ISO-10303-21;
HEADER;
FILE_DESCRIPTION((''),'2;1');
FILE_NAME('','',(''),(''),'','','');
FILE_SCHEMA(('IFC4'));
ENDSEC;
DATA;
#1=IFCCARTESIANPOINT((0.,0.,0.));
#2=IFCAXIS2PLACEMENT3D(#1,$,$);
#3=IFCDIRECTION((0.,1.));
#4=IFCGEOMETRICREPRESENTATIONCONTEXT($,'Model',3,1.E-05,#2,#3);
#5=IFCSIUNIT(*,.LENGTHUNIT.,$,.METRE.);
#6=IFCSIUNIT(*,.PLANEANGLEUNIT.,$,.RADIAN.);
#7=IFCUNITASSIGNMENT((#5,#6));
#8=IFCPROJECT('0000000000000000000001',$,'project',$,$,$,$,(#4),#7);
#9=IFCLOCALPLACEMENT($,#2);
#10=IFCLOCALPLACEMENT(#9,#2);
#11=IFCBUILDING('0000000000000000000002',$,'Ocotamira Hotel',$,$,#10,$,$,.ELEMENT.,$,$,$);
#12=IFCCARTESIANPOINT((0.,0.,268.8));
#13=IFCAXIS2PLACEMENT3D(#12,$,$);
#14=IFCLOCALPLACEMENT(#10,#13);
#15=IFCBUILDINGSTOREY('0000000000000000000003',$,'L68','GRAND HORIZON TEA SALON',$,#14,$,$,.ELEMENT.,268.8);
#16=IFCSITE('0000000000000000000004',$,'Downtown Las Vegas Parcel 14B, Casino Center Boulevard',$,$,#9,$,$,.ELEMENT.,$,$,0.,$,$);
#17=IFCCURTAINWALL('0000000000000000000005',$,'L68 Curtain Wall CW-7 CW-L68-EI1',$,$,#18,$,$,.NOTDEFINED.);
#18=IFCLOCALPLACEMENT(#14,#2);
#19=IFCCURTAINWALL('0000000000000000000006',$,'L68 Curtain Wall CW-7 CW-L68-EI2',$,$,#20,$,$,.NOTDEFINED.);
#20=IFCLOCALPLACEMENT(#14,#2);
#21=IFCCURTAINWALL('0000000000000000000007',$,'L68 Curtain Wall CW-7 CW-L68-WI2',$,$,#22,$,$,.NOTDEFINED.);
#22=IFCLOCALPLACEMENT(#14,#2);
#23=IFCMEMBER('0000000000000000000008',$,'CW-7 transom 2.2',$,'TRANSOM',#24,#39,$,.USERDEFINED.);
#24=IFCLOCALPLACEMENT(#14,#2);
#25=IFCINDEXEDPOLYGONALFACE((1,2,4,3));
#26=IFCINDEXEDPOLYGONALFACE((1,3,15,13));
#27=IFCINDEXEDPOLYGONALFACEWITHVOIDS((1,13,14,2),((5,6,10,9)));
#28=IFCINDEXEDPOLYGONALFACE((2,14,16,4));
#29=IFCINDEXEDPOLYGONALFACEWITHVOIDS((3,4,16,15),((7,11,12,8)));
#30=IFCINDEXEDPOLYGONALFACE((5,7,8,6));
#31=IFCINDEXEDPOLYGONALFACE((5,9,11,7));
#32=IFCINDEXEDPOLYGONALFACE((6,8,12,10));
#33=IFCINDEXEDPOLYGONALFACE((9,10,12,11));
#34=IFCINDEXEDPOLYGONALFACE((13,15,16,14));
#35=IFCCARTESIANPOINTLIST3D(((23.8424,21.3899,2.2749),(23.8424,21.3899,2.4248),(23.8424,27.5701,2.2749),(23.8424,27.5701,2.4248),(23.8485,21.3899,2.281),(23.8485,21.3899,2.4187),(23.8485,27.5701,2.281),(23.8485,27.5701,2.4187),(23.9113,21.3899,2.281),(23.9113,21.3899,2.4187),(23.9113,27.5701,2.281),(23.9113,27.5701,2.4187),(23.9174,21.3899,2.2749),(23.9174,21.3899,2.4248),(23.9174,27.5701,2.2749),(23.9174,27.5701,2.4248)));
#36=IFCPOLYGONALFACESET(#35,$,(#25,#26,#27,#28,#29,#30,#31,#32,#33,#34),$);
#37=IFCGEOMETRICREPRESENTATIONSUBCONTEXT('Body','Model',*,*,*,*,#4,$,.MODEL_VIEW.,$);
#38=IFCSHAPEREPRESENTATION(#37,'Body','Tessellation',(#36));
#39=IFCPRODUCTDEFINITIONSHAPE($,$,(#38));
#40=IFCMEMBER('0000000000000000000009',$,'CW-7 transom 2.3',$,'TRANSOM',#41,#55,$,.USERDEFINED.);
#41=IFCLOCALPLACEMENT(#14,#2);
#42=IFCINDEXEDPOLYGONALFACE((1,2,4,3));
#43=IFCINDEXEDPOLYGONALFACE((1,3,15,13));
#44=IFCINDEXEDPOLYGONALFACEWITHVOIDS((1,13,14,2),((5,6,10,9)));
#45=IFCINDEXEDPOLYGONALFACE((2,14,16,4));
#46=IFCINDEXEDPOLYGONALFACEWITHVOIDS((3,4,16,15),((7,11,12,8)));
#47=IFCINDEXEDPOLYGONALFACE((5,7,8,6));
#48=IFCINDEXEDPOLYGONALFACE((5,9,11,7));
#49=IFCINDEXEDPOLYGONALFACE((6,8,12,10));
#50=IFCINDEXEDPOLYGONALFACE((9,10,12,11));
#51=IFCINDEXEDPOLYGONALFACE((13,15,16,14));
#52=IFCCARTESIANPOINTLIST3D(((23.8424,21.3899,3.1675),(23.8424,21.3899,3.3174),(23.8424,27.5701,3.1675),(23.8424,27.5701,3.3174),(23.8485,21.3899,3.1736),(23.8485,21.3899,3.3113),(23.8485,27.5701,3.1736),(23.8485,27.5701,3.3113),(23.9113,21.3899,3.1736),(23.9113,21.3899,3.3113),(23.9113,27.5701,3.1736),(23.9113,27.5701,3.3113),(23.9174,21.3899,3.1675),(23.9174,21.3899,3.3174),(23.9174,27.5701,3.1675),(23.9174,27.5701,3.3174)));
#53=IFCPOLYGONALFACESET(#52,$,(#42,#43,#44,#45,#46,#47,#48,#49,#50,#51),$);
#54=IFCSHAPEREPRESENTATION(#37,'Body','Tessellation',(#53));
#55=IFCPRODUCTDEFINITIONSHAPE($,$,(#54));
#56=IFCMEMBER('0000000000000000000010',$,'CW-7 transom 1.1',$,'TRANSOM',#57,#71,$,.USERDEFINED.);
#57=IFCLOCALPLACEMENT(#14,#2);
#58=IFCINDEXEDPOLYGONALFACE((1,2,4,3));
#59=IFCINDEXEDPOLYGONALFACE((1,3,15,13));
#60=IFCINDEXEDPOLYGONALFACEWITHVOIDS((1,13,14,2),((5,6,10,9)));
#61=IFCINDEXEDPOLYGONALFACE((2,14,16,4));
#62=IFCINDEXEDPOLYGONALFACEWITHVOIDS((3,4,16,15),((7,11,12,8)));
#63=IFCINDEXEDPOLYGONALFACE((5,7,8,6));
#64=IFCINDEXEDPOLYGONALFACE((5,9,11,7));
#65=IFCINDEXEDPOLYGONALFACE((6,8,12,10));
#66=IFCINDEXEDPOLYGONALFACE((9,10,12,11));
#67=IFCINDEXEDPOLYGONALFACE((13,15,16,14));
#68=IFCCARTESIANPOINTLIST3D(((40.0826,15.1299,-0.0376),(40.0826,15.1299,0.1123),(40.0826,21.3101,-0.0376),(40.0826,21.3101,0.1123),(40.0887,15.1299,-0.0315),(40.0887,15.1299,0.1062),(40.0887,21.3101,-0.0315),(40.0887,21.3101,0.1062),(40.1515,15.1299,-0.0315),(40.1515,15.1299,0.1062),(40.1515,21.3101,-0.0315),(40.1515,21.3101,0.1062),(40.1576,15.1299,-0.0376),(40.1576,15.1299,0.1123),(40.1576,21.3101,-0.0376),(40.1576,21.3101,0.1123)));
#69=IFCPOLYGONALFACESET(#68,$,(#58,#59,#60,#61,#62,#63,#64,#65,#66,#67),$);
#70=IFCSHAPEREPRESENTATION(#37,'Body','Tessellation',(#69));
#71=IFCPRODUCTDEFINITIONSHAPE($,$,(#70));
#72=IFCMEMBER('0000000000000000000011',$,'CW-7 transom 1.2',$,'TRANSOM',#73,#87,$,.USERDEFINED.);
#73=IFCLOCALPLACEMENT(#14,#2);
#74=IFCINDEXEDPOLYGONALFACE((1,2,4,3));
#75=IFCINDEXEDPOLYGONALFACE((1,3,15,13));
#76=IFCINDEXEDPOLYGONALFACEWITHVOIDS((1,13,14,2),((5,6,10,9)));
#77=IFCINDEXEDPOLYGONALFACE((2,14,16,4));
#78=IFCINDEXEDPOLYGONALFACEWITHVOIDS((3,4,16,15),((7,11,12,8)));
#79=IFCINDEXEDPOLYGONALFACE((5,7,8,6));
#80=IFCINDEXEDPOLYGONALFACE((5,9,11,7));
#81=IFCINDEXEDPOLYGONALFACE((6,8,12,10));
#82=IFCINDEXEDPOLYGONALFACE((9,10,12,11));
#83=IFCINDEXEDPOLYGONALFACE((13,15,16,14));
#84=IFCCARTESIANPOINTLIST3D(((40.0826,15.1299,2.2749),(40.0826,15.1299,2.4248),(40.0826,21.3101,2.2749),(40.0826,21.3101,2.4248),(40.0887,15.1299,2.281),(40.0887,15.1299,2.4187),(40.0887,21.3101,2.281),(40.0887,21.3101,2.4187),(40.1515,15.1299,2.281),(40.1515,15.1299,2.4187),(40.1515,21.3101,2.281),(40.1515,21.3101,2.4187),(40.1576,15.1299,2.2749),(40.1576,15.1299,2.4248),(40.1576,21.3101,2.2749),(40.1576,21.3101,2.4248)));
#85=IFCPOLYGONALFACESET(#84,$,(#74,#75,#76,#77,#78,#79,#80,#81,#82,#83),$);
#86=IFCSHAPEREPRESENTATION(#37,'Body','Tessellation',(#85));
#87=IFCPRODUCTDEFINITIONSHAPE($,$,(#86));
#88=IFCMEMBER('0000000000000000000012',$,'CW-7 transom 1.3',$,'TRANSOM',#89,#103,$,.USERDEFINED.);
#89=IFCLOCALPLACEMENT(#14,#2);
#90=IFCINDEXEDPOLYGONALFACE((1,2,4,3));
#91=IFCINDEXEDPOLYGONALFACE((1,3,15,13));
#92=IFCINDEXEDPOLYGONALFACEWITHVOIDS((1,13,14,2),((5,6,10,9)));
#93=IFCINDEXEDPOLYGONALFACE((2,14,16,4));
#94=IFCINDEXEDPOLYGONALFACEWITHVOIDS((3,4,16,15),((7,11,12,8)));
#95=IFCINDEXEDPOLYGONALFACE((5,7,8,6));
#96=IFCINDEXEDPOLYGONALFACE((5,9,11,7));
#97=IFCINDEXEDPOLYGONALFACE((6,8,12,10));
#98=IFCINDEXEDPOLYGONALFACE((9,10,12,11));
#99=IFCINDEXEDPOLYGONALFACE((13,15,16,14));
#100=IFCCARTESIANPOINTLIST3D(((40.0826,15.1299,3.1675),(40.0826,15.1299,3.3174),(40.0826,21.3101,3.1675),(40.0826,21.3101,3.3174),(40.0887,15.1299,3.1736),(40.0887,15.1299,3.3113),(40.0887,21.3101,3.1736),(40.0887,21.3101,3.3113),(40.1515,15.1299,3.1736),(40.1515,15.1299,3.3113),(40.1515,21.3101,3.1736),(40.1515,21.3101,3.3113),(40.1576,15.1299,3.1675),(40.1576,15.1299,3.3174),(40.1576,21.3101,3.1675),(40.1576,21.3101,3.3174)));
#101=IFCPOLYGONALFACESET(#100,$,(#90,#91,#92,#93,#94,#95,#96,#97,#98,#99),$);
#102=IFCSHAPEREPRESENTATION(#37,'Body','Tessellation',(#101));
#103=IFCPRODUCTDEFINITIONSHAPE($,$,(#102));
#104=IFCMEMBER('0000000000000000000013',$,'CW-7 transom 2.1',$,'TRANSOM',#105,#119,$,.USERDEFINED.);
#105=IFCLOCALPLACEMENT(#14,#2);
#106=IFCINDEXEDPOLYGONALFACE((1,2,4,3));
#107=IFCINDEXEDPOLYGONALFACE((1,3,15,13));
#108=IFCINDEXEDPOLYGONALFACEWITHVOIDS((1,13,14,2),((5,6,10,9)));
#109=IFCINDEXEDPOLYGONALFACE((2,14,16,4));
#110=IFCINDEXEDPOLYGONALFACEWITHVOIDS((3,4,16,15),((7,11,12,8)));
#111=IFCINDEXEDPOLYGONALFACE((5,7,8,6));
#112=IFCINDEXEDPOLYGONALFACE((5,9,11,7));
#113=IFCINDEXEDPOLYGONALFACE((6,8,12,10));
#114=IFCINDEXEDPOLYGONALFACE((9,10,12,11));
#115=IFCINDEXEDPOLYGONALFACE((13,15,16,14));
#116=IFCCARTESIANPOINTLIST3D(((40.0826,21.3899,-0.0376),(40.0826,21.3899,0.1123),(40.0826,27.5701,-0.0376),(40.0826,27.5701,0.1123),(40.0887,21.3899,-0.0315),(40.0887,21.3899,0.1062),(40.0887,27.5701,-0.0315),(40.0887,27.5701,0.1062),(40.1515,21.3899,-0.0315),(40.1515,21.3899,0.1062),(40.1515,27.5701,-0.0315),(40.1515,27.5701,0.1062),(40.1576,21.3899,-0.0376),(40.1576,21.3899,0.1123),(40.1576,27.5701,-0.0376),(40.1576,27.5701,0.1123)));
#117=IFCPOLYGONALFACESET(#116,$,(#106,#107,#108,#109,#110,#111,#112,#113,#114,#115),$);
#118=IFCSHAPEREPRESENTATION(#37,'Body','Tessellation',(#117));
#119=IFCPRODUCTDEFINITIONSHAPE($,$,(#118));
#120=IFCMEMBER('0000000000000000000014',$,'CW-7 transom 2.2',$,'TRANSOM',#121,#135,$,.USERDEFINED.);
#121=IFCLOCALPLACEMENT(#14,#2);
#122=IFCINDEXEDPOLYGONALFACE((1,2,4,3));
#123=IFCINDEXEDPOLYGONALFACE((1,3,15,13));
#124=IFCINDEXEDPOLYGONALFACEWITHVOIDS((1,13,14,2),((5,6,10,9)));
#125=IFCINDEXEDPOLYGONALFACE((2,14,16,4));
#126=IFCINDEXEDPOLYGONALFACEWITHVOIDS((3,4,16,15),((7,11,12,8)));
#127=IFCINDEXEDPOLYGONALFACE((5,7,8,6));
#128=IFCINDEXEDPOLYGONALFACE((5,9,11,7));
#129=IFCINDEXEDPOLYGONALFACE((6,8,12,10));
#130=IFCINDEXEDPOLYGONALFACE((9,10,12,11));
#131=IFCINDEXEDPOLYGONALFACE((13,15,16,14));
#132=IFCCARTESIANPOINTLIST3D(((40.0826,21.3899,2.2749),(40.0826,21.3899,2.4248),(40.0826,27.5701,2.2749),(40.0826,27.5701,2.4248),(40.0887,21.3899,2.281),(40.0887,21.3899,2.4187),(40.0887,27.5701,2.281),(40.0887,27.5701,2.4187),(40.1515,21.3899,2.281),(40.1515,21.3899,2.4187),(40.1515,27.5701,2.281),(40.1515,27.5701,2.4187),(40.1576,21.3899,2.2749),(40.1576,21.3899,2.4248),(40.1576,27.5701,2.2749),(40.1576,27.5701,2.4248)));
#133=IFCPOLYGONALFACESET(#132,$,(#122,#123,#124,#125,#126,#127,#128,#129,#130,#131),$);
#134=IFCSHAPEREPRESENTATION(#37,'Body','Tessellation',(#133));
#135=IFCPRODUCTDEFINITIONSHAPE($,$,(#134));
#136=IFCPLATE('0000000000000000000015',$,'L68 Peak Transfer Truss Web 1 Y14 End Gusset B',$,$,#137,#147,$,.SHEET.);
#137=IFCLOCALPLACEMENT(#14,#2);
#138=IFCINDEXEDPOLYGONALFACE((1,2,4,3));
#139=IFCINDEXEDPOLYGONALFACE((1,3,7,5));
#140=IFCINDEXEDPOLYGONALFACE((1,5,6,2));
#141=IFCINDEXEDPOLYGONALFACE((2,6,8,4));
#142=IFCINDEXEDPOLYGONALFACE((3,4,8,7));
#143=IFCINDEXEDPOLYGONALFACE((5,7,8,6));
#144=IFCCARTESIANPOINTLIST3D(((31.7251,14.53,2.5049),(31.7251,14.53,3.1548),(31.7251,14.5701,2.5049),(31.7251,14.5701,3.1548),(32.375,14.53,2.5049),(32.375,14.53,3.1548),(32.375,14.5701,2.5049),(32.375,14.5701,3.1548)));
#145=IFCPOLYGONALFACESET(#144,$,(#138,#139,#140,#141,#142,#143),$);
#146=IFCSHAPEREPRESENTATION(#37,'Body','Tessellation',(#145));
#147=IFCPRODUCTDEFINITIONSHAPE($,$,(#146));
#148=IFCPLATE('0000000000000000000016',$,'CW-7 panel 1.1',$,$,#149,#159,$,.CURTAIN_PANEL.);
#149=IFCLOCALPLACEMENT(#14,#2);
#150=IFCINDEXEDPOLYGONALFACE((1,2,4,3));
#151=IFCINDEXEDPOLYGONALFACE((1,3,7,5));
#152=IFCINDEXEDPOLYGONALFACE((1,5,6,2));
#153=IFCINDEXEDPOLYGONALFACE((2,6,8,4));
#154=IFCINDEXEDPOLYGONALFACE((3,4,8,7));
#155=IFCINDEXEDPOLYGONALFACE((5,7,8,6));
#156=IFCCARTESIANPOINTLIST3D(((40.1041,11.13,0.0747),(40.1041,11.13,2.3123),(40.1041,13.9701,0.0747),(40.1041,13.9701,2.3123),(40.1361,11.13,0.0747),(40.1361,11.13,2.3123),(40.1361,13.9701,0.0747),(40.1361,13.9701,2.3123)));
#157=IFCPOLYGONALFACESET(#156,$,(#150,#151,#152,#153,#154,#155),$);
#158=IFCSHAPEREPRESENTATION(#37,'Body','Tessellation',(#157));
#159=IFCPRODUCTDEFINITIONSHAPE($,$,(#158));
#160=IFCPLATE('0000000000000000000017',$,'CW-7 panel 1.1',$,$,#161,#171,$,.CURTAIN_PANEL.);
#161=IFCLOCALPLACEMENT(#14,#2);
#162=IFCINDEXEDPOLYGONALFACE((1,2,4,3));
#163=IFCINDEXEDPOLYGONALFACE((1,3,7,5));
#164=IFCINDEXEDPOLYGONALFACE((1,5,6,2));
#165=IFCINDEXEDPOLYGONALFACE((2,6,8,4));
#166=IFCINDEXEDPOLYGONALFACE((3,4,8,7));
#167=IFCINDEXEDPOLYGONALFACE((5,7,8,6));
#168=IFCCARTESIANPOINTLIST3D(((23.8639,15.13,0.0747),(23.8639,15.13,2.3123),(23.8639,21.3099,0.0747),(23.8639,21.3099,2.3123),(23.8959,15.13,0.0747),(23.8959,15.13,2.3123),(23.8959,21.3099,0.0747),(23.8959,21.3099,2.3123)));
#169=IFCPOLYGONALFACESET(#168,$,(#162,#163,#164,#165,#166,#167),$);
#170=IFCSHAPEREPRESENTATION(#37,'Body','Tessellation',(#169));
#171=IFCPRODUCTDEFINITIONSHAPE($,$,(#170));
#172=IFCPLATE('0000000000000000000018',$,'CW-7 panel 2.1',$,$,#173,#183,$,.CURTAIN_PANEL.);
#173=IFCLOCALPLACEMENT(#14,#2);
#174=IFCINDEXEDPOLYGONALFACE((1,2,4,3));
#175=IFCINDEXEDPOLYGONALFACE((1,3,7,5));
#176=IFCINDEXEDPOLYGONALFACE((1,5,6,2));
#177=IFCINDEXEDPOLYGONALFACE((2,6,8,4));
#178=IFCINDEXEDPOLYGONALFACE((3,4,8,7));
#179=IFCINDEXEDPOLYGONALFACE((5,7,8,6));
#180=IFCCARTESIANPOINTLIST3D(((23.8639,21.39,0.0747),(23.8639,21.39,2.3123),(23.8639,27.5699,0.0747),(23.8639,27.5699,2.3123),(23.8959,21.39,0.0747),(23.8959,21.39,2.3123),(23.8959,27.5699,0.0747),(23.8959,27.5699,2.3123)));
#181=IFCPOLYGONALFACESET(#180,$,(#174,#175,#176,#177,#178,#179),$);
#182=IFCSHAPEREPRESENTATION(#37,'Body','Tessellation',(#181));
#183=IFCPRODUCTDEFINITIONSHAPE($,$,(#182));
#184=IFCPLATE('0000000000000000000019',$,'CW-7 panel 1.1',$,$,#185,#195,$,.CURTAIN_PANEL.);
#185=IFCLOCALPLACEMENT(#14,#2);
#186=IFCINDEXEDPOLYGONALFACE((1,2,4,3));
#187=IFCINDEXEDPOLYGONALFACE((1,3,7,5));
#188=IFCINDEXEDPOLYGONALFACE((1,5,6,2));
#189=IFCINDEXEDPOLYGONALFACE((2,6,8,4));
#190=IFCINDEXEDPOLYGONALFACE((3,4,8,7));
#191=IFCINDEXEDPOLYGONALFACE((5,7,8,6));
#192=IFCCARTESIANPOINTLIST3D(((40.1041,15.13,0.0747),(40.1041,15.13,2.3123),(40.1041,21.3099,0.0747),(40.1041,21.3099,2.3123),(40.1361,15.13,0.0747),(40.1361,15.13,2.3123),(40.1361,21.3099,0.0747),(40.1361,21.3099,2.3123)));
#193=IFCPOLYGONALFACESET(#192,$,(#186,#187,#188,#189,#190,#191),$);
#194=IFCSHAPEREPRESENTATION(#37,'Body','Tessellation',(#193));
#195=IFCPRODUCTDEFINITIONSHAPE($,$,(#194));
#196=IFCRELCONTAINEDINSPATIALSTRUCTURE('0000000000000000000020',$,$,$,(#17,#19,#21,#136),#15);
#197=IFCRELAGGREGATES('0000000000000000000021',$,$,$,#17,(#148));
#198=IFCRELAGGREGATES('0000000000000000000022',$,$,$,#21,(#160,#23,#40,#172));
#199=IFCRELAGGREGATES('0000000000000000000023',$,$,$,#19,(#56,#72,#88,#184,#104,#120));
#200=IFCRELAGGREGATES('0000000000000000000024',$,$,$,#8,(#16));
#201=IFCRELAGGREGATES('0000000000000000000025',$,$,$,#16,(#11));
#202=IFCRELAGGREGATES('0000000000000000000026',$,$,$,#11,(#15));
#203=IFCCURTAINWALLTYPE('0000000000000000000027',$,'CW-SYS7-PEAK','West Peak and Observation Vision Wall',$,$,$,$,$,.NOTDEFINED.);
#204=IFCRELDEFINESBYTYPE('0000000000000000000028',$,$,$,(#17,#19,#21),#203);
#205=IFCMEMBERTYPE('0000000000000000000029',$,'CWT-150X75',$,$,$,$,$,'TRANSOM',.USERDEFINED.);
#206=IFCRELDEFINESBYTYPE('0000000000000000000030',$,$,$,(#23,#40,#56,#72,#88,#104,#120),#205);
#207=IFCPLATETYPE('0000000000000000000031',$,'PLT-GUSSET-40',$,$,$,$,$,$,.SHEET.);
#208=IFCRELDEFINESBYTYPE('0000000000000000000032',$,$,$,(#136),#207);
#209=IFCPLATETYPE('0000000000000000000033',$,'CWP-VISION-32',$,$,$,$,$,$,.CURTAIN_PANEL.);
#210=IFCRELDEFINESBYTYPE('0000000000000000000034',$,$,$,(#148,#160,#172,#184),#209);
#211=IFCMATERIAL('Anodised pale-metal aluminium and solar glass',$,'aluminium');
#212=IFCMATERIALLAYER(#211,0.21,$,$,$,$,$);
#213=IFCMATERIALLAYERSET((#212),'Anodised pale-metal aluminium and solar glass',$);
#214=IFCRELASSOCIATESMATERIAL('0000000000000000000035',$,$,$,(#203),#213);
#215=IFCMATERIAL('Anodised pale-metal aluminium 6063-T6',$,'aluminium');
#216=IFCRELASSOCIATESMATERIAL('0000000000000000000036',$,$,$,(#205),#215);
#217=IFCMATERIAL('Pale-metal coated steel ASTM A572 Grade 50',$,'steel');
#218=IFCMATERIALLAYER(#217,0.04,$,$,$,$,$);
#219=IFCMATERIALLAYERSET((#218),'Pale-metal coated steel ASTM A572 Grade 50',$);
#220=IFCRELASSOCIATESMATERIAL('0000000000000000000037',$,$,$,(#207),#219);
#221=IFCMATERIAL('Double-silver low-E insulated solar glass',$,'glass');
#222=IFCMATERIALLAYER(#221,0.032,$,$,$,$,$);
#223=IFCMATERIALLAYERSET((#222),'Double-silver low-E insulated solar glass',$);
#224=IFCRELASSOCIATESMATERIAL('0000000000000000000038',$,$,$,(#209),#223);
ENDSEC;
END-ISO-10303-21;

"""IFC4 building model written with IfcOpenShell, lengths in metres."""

from ifc_helpers import new_model, si_unit, direction, frame, origin, origin_2d, place, context, subcontext, project, spatial, rectangle, hollow_rectangle, extrude, source, transform, mapped, material, layer, layer_set, material_profile, profile_set, type_object, element, aggregate, save


model = new_model("IFC4")

# Units and contexts
model_context = context("Model", 3, precision=1e-05, world=origin(), true_north=direction((0.0, 1.0)))
body_context = subcontext(model_context, "Body", "Model", "MODEL_VIEW")
ifc_project = project(units=[si_unit("LENGTHUNIT", "METRE"), si_unit("PLANEANGLEUNIT", "RADIAN")], contexts=[model_context])

# Site, building, storey
site_placement = place(None, origin())
site = spatial("IfcSite", under=ifc_project, at=site_placement, Name="Downtown Las Vegas Parcel 14B, Casino Center Boulevard", CompositionType="ELEMENT", RefElevation=0.0)
building_placement = place(site_placement, origin())
building = spatial("IfcBuilding", under=site, at=building_placement, Name="Ocotamira Hotel", CompositionType="ELEMENT")
storey_placement = place(building_placement, frame((0.0, 0.0, 268.8)))
storey = spatial("IfcBuildingStorey", under=building, at=storey_placement, Name="L68", Description="GRAND HORIZON TEA SALON", CompositionType="ELEMENT", Elevation=268.8)

# Curtain walls
ifc_material_1 = material(Name="Anodised pale-metal aluminium and solar glass", Category="aluminium")
ifc_layer_1 = layer(ifc_material_1, 0.21)
ifc_layer_set_1 = layer_set([ifc_layer_1], Name="Anodised pale-metal aluminium and solar glass")
curtain_wall_type = type_object("IfcCurtainWallType", Name="CW-SYS7-PEAK", Description="West Peak and Observation Vision Wall", PredefinedType="NOTDEFINED", material=ifc_layer_set_1)
curtain_wall_1_placement = place(storey_placement, origin())
curtain_wall_1 = element("IfcCurtainWall", 1, at=curtain_wall_1_placement, inside=storey, type_object=curtain_wall_type, Name="L68 Curtain Wall CW-7 CW-L68-EI1", PredefinedType="NOTDEFINED")
ifc_material_2 = material(Name="Anodised pale-metal aluminium 6063-T6", Category="aluminium")
curtain_wall_2_placement = place(storey_placement, origin())
curtain_wall_2 = element("IfcCurtainWall", 2, at=curtain_wall_2_placement, inside=storey, type_object=curtain_wall_type, Name="L68 Curtain Wall CW-7 CW-L68-EI2", PredefinedType="NOTDEFINED")

# Shared definitions
ifc_material_profile_1 = material_profile(ifc_material_2, hollow_rectangle(XDim=0.075, YDim=0.1499, WallThickness=0.0061, at=origin_2d()), Name="HSS150X75X6")
ifc_profile_set_1 = profile_set([ifc_material_profile_1], Name="Anodised pale-metal aluminium 6063-T6")
member_type_1 = type_object("IfcMemberType", Name="CWT-150X75", ElementType="TRANSOM", PredefinedType="USERDEFINED", material=ifc_profile_set_1)

# Curtain wall, members
curtain_wall_3_placement = place(storey_placement, origin())
curtain_wall_3 = element("IfcCurtainWall", 3, at=curtain_wall_3_placement, inside=storey, type_object=curtain_wall_type, Name="L68 Curtain Wall CW-7 CW-L68-WI2", PredefinedType="NOTDEFINED")
shared_shape_1 = source(origin(), body_context, "Body", "SweptSolid", [
    extrude(hollow_rectangle(XDim=0.075, YDim=0.1499, WallThickness=0.0061, at=origin_2d()), origin(), (0.0, 0.0, 1.0), 6.1802),
])
member_1_placement = place(storey_placement, frame((23.8799, 21.3899, 2.3499), z_axis=(0.0, 1.0, 0.0), x_axis=(-1.0, 0.0, 0.0)))
member_1 = element("IfcMember", 4, at=member_1_placement, type_object=member_type_1, Name="CW-7 transom 2.2", ObjectType="TRANSOM", PredefinedType="USERDEFINED", context=body_context, shape_type="MappedRepresentation", body=[
    mapped(shared_shape_1, transform((0.0, 0.0, 0.0), scale=1.0)),
])
member_2_placement = place(storey_placement, frame((23.8799, 21.3899, 3.2424), z_axis=(0.0, 1.0, 0.0), x_axis=(-1.0, 0.0, 0.0)))
member_2 = element("IfcMember", 5, at=member_2_placement, type_object=member_type_1, Name="CW-7 transom 2.3", ObjectType="TRANSOM", PredefinedType="USERDEFINED", context=body_context, shape_type="MappedRepresentation", body=[
    mapped(shared_shape_1, transform((0.0, 0.0, 0.0), scale=1.0)),
])

# Members
member_3_placement = place(storey_placement, frame((40.1201, 15.1299, 0.0374), z_axis=(0.0, 1.0, 0.0), x_axis=(-1.0, 0.0, 0.0)))
member_3 = element("IfcMember", 6, at=member_3_placement, type_object=member_type_1, Name="CW-7 transom 1.1", ObjectType="TRANSOM", PredefinedType="USERDEFINED", context=body_context, shape_type="MappedRepresentation", body=[
    mapped(shared_shape_1, transform((0.0, 0.0, 0.0), scale=1.0)),
])
member_4_placement = place(storey_placement, frame((40.1201, 15.1299, 2.3499), z_axis=(0.0, 1.0, 0.0), x_axis=(-1.0, 0.0, 0.0)))
member_4 = element("IfcMember", 7, at=member_4_placement, type_object=member_type_1, Name="CW-7 transom 1.2", ObjectType="TRANSOM", PredefinedType="USERDEFINED", context=body_context, shape_type="MappedRepresentation", body=[
    mapped(shared_shape_1, transform((0.0, 0.0, 0.0), scale=1.0)),
])
member_5_placement = place(storey_placement, frame((40.1201, 15.1299, 3.2424), z_axis=(0.0, 1.0, 0.0), x_axis=(-1.0, 0.0, 0.0)))
member_5 = element("IfcMember", 8, at=member_5_placement, type_object=member_type_1, Name="CW-7 transom 1.3", ObjectType="TRANSOM", PredefinedType="USERDEFINED", context=body_context, shape_type="MappedRepresentation", body=[
    mapped(shared_shape_1, transform((0.0, 0.0, 0.0), scale=1.0)),
])
member_6_placement = place(storey_placement, frame((40.1201, 21.3899, 0.0374), z_axis=(0.0, 1.0, 0.0), x_axis=(-1.0, 0.0, 0.0)))
member_6 = element("IfcMember", 9, at=member_6_placement, type_object=member_type_1, Name="CW-7 transom 2.1", ObjectType="TRANSOM", PredefinedType="USERDEFINED", context=body_context, shape_type="MappedRepresentation", body=[
    mapped(shared_shape_1, transform((0.0, 0.0, 0.0), scale=1.0)),
])
member_7_placement = place(storey_placement, frame((40.1201, 21.3899, 2.3499), z_axis=(0.0, 1.0, 0.0), x_axis=(-1.0, 0.0, 0.0)))
member_7 = element("IfcMember", 10, at=member_7_placement, type_object=member_type_1, Name="CW-7 transom 2.2", ObjectType="TRANSOM", PredefinedType="USERDEFINED", context=body_context, shape_type="MappedRepresentation", body=[
    mapped(shared_shape_1, transform((0.0, 0.0, 0.0), scale=1.0)),
])

# Plates
ifc_material_3 = material(Name="Pale-metal coated steel ASTM A572 Grade 50", Category="steel")
ifc_layer_2 = layer(ifc_material_3, 0.04)
ifc_layer_set_2 = layer_set([ifc_layer_2], Name="Pale-metal coated steel ASTM A572 Grade 50")
plate_type_1 = type_object("IfcPlateType", Name="PLT-GUSSET-40", PredefinedType="SHEET", material=ifc_layer_set_2)
shared_shape_2 = source(origin(), body_context, "Body", "SweptSolid", [
    extrude(rectangle(XDim=0.6499, YDim=0.04, at=origin_2d()), origin(), (0.0, 0.0, 1.0), 0.6499),
])
plate_1_placement = place(storey_placement, frame((32.05, 14.55, 2.5049), z_axis=(0.0, 0.0, 1.0), x_axis=(1.0, 0.0, 0.0)))
element("IfcPlate", 11, at=plate_1_placement, inside=storey, type_object=plate_type_1, Name="L68 Peak Transfer Truss Web 1 Y14 End Gusset B", PredefinedType="SHEET", context=body_context, shape_type="MappedRepresentation", body=[
    mapped(shared_shape_2, transform((0.0, 0.0, 0.0), scale=1.0)),
])
ifc_material_4 = material(Name="Double-silver low-E insulated solar glass", Category="glass")
ifc_layer_3 = layer(ifc_material_4, 0.032)
ifc_layer_set_3 = layer_set([ifc_layer_3], Name="Double-silver low-E insulated solar glass")
plate_type_2 = type_object("IfcPlateType", Name="CWP-VISION-32", PredefinedType="CURTAIN_PANEL", material=ifc_layer_set_3)
shared_shape_3 = source(origin(), body_context, "Body", "SweptSolid", [
    extrude(rectangle(XDim=2.8401, YDim=0.032, at=origin_2d()), origin(), (0.0, 0.0, 1.0), 2.2375),
])
plate_2_placement = place(storey_placement, frame((40.1201, 12.55, 0.0747), z_axis=(0.0, 0.0, 1.0), x_axis=(0.0, 1.0, 0.0)))
plate_2 = element("IfcPlate", 12, at=plate_2_placement, type_object=plate_type_2, Name="CW-7 panel 1.1", PredefinedType="CURTAIN_PANEL", context=body_context, shape_type="MappedRepresentation", body=[
    mapped(shared_shape_3, transform((0.0, 0.0, 0.0), scale=1.0)),
])
shared_shape_4 = source(origin(), body_context, "Body", "SweptSolid", [
    extrude(rectangle(XDim=6.1799, YDim=0.032, at=origin_2d()), origin(), (0.0, 0.0, 1.0), 2.2375),
])
plate_3_placement = place(storey_placement, frame((23.8799, 18.22, 0.0747), z_axis=(0.0, 0.0, 1.0), x_axis=(0.0, 1.0, 0.0)))
plate_3 = element("IfcPlate", 13, at=plate_3_placement, type_object=plate_type_2, Name="CW-7 panel 1.1", PredefinedType="CURTAIN_PANEL", context=body_context, shape_type="MappedRepresentation", body=[
    mapped(shared_shape_4, transform((0.0, 0.0, 0.0), scale=1.0)),
])
plate_4_placement = place(storey_placement, frame((23.8799, 24.48, 0.0747), z_axis=(0.0, 0.0, 1.0), x_axis=(0.0, 1.0, 0.0)))
plate_4 = element("IfcPlate", 14, at=plate_4_placement, type_object=plate_type_2, Name="CW-7 panel 2.1", PredefinedType="CURTAIN_PANEL", context=body_context, shape_type="MappedRepresentation", body=[
    mapped(shared_shape_4, transform((0.0, 0.0, 0.0), scale=1.0)),
])
plate_5_placement = place(storey_placement, frame((40.1201, 18.22, 0.0747), z_axis=(0.0, 0.0, 1.0), x_axis=(0.0, 1.0, 0.0)))
plate_5 = element("IfcPlate", 15, at=plate_5_placement, type_object=plate_type_2, Name="CW-7 panel 1.1", PredefinedType="CURTAIN_PANEL", context=body_context, shape_type="MappedRepresentation", body=[
    mapped(shared_shape_4, transform((0.0, 0.0, 0.0), scale=1.0)),
])
aggregate(curtain_wall_1, [plate_2])
aggregate(curtain_wall_3, [plate_3, member_1, member_2, plate_4])
aggregate(curtain_wall_2, [member_3, member_4, member_5, plate_5, member_6, member_7])

save(model, "model.ifc")
